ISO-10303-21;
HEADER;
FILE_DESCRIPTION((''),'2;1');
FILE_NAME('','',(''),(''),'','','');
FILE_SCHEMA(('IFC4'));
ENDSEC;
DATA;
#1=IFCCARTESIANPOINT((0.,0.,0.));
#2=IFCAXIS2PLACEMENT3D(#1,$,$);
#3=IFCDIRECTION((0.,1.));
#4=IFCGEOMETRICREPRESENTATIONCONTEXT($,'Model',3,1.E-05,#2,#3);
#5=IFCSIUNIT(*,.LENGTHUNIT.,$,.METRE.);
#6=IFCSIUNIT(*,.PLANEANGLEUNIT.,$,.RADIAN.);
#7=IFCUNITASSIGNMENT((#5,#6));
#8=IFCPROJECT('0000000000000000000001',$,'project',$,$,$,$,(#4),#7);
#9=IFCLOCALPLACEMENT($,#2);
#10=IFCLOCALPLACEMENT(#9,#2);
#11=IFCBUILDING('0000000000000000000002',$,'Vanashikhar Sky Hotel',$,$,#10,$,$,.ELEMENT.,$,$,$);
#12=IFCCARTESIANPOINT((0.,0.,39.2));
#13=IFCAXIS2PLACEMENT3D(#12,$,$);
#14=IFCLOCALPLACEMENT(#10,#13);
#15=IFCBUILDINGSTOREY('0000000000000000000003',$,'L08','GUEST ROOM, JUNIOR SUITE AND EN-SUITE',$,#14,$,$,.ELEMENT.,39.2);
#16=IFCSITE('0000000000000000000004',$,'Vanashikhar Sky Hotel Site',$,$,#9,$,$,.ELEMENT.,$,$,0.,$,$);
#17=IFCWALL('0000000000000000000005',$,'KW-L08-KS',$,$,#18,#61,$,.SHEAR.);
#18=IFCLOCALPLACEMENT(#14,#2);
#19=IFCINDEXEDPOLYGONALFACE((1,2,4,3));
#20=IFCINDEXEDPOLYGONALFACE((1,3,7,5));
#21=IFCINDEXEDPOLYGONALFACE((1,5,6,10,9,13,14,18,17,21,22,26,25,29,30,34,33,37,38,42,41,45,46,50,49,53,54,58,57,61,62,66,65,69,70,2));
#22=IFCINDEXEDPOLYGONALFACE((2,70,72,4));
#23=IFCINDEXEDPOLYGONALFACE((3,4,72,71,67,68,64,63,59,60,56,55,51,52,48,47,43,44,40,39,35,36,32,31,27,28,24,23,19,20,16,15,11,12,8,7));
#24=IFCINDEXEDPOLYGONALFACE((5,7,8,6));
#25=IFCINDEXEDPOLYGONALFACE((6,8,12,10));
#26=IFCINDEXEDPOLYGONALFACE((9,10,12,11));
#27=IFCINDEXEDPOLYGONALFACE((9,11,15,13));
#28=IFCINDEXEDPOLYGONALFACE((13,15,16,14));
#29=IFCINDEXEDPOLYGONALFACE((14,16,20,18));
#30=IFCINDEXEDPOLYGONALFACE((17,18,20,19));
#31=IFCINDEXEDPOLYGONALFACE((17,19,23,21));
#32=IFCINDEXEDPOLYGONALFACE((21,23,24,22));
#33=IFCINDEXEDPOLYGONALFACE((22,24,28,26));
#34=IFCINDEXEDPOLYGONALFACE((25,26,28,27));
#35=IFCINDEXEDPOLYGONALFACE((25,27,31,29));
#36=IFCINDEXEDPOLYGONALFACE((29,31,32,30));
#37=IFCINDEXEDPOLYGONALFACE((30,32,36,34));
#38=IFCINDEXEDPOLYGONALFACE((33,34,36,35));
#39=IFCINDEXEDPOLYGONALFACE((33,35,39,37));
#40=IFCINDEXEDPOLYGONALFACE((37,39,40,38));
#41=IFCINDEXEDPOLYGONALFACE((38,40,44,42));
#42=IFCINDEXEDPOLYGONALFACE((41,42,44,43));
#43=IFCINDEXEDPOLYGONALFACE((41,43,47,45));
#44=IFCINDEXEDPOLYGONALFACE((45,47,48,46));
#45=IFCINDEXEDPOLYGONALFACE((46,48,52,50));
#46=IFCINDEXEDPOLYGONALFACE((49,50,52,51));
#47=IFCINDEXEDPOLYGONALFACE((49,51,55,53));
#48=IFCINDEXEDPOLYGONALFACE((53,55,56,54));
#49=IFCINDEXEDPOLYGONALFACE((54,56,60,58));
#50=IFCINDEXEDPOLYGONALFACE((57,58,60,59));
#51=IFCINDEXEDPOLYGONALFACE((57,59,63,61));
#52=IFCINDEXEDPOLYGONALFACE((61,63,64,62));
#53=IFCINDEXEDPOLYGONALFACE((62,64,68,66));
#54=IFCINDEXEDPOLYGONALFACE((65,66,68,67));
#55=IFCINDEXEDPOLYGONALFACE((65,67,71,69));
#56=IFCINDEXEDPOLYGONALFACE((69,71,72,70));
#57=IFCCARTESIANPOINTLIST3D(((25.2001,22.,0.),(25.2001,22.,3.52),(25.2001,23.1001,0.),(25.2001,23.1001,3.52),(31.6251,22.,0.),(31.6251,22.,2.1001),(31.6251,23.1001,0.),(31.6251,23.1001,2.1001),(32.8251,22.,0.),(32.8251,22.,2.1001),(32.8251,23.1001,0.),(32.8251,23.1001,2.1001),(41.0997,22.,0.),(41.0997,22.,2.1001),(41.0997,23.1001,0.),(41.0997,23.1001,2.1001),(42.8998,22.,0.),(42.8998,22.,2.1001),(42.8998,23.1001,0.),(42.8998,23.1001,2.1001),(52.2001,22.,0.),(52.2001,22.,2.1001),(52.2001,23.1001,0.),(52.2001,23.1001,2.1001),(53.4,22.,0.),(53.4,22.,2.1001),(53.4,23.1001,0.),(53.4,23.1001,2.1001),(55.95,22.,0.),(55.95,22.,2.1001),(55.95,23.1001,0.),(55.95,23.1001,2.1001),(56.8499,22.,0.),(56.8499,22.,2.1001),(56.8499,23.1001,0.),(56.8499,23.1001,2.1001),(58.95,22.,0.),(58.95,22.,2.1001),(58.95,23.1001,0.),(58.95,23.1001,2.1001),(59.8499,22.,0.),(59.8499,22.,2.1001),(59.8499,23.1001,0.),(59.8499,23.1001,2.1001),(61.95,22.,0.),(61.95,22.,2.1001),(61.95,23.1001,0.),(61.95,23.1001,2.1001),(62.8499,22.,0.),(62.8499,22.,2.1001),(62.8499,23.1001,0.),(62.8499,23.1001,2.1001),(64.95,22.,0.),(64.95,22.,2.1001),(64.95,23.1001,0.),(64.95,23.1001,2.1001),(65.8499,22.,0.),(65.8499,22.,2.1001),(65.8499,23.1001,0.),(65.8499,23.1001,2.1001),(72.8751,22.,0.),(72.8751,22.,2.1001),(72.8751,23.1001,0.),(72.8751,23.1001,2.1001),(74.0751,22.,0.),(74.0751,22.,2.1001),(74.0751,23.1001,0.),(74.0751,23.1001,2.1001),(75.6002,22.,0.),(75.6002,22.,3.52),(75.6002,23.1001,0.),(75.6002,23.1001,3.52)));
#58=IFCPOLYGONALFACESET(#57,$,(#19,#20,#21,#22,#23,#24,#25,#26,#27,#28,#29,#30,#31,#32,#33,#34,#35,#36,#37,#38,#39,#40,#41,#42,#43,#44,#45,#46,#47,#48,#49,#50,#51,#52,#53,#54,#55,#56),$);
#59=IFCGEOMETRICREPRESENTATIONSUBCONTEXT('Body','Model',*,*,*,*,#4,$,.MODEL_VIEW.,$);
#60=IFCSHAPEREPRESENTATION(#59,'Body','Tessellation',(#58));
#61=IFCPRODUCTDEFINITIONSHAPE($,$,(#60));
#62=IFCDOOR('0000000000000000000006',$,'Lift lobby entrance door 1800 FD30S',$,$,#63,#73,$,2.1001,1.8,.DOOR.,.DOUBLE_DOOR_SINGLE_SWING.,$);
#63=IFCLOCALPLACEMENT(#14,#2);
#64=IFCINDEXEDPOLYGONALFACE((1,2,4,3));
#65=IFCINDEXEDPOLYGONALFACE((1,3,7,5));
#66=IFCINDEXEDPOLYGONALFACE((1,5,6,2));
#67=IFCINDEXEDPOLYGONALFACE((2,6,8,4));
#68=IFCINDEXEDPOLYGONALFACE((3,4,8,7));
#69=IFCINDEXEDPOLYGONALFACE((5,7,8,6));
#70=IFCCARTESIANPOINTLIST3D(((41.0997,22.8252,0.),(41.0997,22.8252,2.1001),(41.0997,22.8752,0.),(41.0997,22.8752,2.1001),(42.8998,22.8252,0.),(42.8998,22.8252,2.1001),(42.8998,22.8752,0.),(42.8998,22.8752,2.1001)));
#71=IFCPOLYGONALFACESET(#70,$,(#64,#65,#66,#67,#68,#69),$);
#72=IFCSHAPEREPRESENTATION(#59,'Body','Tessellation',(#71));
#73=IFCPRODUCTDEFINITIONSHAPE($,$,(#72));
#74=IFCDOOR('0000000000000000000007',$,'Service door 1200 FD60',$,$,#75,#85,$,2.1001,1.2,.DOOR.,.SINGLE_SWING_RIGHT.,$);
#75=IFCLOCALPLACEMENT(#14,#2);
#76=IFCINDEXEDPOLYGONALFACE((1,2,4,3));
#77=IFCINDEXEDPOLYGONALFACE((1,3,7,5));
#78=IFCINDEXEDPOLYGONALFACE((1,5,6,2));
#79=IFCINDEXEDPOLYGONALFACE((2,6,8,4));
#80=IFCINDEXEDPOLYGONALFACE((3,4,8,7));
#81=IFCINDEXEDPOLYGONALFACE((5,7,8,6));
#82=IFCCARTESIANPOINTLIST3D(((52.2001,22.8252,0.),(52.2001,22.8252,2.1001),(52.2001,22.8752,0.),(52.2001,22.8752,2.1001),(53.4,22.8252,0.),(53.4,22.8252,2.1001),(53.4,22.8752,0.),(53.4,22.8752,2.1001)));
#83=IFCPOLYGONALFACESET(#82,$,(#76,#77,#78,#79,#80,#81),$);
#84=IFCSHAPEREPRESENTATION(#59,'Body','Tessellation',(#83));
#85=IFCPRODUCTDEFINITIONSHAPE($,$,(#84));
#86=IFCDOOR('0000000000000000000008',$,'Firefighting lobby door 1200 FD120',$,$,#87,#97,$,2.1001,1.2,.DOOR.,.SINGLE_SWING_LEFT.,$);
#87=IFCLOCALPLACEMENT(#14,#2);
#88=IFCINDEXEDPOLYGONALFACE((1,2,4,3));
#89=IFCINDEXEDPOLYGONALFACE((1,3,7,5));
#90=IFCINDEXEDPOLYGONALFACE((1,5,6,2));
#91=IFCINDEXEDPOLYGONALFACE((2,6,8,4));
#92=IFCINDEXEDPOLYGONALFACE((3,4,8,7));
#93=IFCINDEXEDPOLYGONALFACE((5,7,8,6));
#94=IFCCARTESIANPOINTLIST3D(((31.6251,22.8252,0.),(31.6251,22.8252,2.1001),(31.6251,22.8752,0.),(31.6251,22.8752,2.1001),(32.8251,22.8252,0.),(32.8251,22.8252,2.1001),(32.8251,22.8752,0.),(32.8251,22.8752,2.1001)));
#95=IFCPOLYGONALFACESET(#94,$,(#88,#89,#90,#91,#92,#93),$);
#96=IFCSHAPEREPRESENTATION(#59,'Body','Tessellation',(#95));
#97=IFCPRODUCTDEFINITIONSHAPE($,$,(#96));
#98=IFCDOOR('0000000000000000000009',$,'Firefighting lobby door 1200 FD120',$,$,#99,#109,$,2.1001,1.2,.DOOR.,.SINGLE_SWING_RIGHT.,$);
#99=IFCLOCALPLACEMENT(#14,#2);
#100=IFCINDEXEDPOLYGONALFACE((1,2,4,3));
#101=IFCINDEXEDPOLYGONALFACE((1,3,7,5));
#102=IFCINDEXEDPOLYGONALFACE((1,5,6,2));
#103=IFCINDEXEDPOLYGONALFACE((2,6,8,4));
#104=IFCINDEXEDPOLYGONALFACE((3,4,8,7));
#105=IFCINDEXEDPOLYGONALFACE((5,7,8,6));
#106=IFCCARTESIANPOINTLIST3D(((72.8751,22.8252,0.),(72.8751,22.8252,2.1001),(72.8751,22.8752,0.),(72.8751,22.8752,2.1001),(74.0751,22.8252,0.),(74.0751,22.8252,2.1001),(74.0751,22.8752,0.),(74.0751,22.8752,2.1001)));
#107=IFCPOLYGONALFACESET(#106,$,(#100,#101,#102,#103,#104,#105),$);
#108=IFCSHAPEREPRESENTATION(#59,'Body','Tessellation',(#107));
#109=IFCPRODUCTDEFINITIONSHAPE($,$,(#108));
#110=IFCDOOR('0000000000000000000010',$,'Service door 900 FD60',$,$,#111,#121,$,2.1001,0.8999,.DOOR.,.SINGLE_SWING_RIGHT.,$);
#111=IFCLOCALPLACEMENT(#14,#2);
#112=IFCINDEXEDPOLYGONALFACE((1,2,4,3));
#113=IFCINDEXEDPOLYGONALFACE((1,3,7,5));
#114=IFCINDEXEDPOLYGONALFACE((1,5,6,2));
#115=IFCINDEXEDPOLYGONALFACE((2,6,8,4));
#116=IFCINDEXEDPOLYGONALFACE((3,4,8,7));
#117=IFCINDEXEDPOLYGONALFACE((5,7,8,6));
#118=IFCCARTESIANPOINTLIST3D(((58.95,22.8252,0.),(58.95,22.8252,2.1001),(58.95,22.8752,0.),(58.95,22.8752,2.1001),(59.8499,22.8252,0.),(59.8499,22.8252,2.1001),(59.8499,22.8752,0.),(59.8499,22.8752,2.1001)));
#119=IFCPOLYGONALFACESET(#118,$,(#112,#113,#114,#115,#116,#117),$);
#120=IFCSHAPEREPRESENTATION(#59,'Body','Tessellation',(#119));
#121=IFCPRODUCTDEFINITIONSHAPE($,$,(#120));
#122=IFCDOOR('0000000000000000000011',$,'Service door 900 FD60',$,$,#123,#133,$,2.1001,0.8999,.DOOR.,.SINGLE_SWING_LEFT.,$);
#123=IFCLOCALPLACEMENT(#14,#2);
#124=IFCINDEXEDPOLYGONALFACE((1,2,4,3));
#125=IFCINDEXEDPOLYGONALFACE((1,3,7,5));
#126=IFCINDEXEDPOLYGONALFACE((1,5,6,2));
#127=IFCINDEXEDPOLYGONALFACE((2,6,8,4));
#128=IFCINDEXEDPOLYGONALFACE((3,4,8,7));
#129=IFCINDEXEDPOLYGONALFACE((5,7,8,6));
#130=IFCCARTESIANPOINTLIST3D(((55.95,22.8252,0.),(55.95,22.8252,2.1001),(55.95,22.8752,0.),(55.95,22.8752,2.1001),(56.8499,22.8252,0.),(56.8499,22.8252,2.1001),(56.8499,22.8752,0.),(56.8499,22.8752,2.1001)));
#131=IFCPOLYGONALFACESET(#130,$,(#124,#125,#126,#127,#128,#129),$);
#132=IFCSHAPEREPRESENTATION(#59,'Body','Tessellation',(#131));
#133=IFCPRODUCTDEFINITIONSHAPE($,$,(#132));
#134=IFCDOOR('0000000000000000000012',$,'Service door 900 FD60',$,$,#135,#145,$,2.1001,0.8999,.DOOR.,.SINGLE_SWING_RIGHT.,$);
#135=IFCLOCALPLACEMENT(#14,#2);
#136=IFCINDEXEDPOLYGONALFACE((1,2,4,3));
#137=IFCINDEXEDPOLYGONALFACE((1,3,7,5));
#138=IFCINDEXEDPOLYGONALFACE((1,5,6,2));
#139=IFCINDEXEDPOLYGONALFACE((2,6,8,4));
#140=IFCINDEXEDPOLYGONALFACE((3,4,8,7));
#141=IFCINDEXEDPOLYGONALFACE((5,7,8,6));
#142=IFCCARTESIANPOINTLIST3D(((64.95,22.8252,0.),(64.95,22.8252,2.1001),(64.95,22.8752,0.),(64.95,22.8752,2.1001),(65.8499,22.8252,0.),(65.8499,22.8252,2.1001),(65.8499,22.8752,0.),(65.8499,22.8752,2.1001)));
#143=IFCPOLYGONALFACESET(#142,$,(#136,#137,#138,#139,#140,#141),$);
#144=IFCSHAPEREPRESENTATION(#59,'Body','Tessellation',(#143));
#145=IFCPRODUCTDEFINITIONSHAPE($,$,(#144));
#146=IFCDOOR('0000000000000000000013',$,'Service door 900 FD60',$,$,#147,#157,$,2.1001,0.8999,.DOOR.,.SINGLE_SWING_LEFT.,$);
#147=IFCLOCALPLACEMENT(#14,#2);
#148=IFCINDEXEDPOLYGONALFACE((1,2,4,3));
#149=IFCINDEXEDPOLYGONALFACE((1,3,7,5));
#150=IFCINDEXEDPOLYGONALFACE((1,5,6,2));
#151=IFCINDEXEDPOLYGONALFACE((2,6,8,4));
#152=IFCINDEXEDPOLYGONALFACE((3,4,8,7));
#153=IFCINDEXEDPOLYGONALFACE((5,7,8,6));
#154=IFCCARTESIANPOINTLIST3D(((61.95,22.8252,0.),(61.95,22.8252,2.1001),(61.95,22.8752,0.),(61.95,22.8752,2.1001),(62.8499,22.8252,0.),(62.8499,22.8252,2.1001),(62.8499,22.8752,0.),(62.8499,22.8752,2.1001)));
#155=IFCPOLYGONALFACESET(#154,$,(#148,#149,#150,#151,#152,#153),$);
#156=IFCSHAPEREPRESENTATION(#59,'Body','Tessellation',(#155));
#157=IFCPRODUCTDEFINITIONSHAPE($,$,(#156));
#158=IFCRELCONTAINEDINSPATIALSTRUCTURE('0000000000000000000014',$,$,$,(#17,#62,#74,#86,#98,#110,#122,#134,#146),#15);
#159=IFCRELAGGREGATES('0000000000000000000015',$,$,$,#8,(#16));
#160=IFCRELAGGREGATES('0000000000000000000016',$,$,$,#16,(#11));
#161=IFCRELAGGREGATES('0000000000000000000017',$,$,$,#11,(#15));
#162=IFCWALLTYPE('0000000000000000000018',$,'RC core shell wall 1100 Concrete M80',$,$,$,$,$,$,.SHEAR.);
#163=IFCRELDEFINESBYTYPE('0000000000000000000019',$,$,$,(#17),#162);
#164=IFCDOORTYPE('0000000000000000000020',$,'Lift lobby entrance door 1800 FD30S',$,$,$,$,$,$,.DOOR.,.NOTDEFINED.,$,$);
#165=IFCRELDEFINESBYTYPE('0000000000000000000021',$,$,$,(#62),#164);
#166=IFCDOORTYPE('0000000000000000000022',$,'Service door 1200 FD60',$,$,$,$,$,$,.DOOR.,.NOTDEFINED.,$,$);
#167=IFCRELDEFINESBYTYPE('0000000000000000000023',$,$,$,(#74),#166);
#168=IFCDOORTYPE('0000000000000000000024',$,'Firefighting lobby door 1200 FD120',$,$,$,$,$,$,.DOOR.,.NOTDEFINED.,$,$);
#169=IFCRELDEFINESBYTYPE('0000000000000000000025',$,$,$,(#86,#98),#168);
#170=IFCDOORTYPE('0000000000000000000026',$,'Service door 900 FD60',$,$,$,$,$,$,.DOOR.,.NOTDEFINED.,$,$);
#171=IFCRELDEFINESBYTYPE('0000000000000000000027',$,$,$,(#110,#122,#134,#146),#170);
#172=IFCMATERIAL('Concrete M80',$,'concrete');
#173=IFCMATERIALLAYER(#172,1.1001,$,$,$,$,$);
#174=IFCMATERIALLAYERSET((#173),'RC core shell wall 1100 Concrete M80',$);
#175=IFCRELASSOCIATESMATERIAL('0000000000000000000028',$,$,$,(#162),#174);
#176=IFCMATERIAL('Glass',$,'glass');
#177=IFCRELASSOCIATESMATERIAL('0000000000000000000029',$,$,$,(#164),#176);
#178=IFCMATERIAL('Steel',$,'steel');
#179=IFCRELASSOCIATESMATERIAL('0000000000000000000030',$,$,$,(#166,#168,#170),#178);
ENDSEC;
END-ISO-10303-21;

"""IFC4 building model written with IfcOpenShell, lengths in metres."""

from ifc_helpers import new_model, si_unit, direction, frame, frame_2d, origin, place, context, subcontext, project, spatial, rectangle, extrude, source, transform, mapped, material, layer, layer_set, type_object, element, fill, save


model = new_model("IFC4")

# Units and contexts
model_context = context("Model", 3, precision=1e-05, world=origin(), true_north=direction((0.0, 1.0)))
body_context = subcontext(model_context, "Body", "Model", "MODEL_VIEW")
ifc_project = project(units=[si_unit("LENGTHUNIT", "METRE"), si_unit("PLANEANGLEUNIT", "RADIAN")], contexts=[model_context])

# Site, building, storey
site_placement = place(None, origin())
site = spatial("IfcSite", under=ifc_project, at=site_placement, Name="Vanashikhar Sky Hotel Site", CompositionType="ELEMENT", RefElevation=0.0)
building_placement = place(site_placement, origin())
building = spatial("IfcBuilding", under=site, at=building_placement, Name="Vanashikhar Sky Hotel", CompositionType="ELEMENT")
storey_placement = place(building_placement, frame((0.0, 0.0, 39.2)))
storey = spatial("IfcBuildingStorey", under=building, at=storey_placement, Name="L08", Description="GUEST ROOM, JUNIOR SUITE AND EN-SUITE", CompositionType="ELEMENT", Elevation=39.2)

# Wall, openings, doors
ifc_material_1 = material(Name="Concrete M80", Category="concrete")
ifc_layer_1 = layer(ifc_material_1, 1.1001)
ifc_layer_set_1 = layer_set([ifc_layer_1], Name="RC core shell wall 1100 Concrete M80")
wall_type_1 = type_object("IfcWallType", Name="RC core shell wall 1100 Concrete M80", PredefinedType="SHEAR", material=ifc_layer_set_1)
shared_shape_1 = source(origin(), body_context, "Body", "SweptSolid", [
    extrude(rectangle(XDim=50.4001, YDim=1.1001, at=frame_2d((25.2002, 0.0))), origin(), (0.0, 0.0, 1.0), 3.52),
])
wall_1_placement = place(storey_placement, frame((25.2, 22.55, 0.0), z_axis=(0.0, 0.0, 1.0), x_axis=(1.0, 0.0, 0.0)))
wall_1 = element("IfcWall", 1, at=wall_1_placement, inside=storey, type_object=wall_type_1, Name="KW-L08-KS", PredefinedType="SHEAR", context=body_context, shape_type="MappedRepresentation", body=[
    mapped(shared_shape_1, transform((0.0, 0.0, 0.0), scale=1.0)),
])
shared_shape_2 = source(origin(), body_context, "Body", "SweptSolid", [
    extrude(rectangle(XDim=1.8, YDim=2.1001, at=frame_2d((0.8999, 1.05))), frame((0.0, 0.5601, 0.0), z_axis=(0.0, -1.0, 0.0), x_axis=(1.0, 0.0, 0.0)), (0.0, 0.0, 1.0), 1.1201),
])
opening_1_placement = place(wall_1_placement, frame((15.8999, 0.0, 0.0)))
opening_1 = element("IfcOpeningElement", 2, at=opening_1_placement, cuts=wall_1, PredefinedType="OPENING", context=body_context, shape_type="MappedRepresentation", body=[
    mapped(shared_shape_2, transform((0.0, 0.0, 0.0), scale=1.0)),
])
shared_shape_3 = source(origin(), body_context, "Body", "SweptSolid", [
    extrude(rectangle(XDim=1.2, YDim=2.1001, at=frame_2d((0.6001, 1.05))), frame((0.0, 0.5601, 0.0), z_axis=(0.0, -1.0, 0.0), x_axis=(1.0, 0.0, 0.0)), (0.0, 0.0, 1.0), 1.1201),
])
opening_2_placement = place(wall_1_placement, frame((27.0, 0.0, 0.0)))
opening_2 = element("IfcOpeningElement", 3, at=opening_2_placement, cuts=wall_1, PredefinedType="OPENING", context=body_context, shape_type="MappedRepresentation", body=[
    mapped(shared_shape_3, transform((0.0, 0.0, 0.0), scale=1.0)),
])
shared_shape_4 = source(origin(), body_context, "Body", "SweptSolid", [
    extrude(rectangle(XDim=0.8999, YDim=2.1001, at=frame_2d((0.45, 1.05))), frame((0.0, 0.5601, 0.0), z_axis=(0.0, -1.0, 0.0), x_axis=(1.0, 0.0, 0.0)), (0.0, 0.0, 1.0), 1.1201),
])
opening_3_placement = place(wall_1_placement, frame((33.75, 0.0, 0.0)))
opening_3 = element("IfcOpeningElement", 4, at=opening_3_placement, cuts=wall_1, PredefinedType="OPENING", context=body_context, shape_type="MappedRepresentation", body=[
    mapped(shared_shape_4, transform((0.0, 0.0, 0.0), scale=1.0)),
])
opening_4_placement = place(wall_1_placement, frame((30.75, 0.0, 0.0)))
opening_4 = element("IfcOpeningElement", 5, at=opening_4_placement, cuts=wall_1, PredefinedType="OPENING", context=body_context, shape_type="MappedRepresentation", body=[
    mapped(shared_shape_4, transform((0.0, 0.0, 0.0), scale=1.0)),
])
opening_5_placement = place(wall_1_placement, frame((39.75, 0.0, 0.0)))
opening_5 = element("IfcOpeningElement", 6, at=opening_5_placement, cuts=wall_1, PredefinedType="OPENING", context=body_context, shape_type="MappedRepresentation", body=[
    mapped(shared_shape_4, transform((0.0, 0.0, 0.0), scale=1.0)),
])
opening_6_placement = place(wall_1_placement, frame((36.75, 0.0, 0.0)))
opening_6 = element("IfcOpeningElement", 7, at=opening_6_placement, cuts=wall_1, PredefinedType="OPENING", context=body_context, shape_type="MappedRepresentation", body=[
    mapped(shared_shape_4, transform((0.0, 0.0, 0.0), scale=1.0)),
])
opening_7_placement = place(wall_1_placement, frame((6.425, 0.0, 0.0)))
opening_7 = element("IfcOpeningElement", 8, at=opening_7_placement, cuts=wall_1, PredefinedType="OPENING", context=body_context, shape_type="MappedRepresentation", body=[
    mapped(shared_shape_3, transform((0.0, 0.0, 0.0), scale=1.0)),
])
opening_8_placement = place(wall_1_placement, frame((47.675, 0.0, 0.0)))
opening_8 = element("IfcOpeningElement", 9, at=opening_8_placement, cuts=wall_1, PredefinedType="OPENING", context=body_context, shape_type="MappedRepresentation", body=[
    mapped(shared_shape_3, transform((0.0, 0.0, 0.0), scale=1.0)),
])
ifc_material_2 = material(Name="Glass", Category="glass")
door_type_1 = type_object("IfcDoorType", Name="Lift lobby entrance door 1800 FD30S", OperationType="NOTDEFINED", PredefinedType="DOOR", material=ifc_material_2)
shared_shape_5 = source(origin(), body_context, "Body", "SweptSolid", [
    extrude(rectangle(XDim=1.8, YDim=2.1001, at=frame_2d((0.8999, 1.05))), frame((0.0, 0.3252, 0.0), z_axis=(0.0, -1.0, 0.0), x_axis=(1.0, 0.0, 0.0)), (0.0, 0.0, 1.0), 0.05),
])
door_1_placement = place(opening_1_placement, origin())
door_1 = element("IfcDoor", 10, at=door_1_placement, inside=storey, type_object=door_type_1, Name="Lift lobby entrance door 1800 FD30S", OperationType="DOUBLE_DOOR_SINGLE_SWING", OverallHeight=2.1001, OverallWidth=1.8, PredefinedType="DOOR", context=body_context, shape_type="MappedRepresentation", body=[
    mapped(shared_shape_5, transform((0.0, 0.0, 0.0), scale=1.0)),
])
fill(opening_1, door_1)
ifc_material_3 = material(Name="Steel", Category="steel")
door_type_2 = type_object("IfcDoorType", Name="Service door 1200 FD60", OperationType="NOTDEFINED", PredefinedType="DOOR", material=ifc_material_3)
shared_shape_6 = source(origin(), body_context, "Body", "SweptSolid", [
    extrude(rectangle(XDim=1.2, YDim=2.1001, at=frame_2d((0.6001, 1.05))), frame((0.0, 0.3252, 0.0), z_axis=(0.0, -1.0, 0.0), x_axis=(1.0, 0.0, 0.0)), (0.0, 0.0, 1.0), 0.05),
])
door_2_placement = place(opening_2_placement, origin())
door_2 = element("IfcDoor", 11, at=door_2_placement, inside=storey, type_object=door_type_2, Name="Service door 1200 FD60", OperationType="SINGLE_SWING_RIGHT", OverallHeight=2.1001, OverallWidth=1.2, PredefinedType="DOOR", context=body_context, shape_type="MappedRepresentation", body=[
    mapped(shared_shape_6, transform((0.0, 0.0, 0.0), scale=1.0)),
])
fill(opening_2, door_2)
door_type_3 = type_object("IfcDoorType", Name="Firefighting lobby door 1200 FD120", OperationType="NOTDEFINED", PredefinedType="DOOR", material=ifc_material_3)
door_3_placement = place(opening_7_placement, origin())
door_3 = element("IfcDoor", 12, at=door_3_placement, inside=storey, type_object=door_type_3, Name="Firefighting lobby door 1200 FD120", OperationType="SINGLE_SWING_LEFT", OverallHeight=2.1001, OverallWidth=1.2, PredefinedType="DOOR", context=body_context, shape_type="MappedRepresentation", body=[
    mapped(shared_shape_6, transform((0.0, 0.0, 0.0), scale=1.0)),
])
fill(opening_7, door_3)
door_4_placement = place(opening_8_placement, origin())
door_4 = element("IfcDoor", 13, at=door_4_placement, inside=storey, type_object=door_type_3, Name="Firefighting lobby door 1200 FD120", OperationType="SINGLE_SWING_RIGHT", OverallHeight=2.1001, OverallWidth=1.2, PredefinedType="DOOR", context=body_context, shape_type="MappedRepresentation", body=[
    mapped(shared_shape_6, transform((0.0, 0.0, 0.0), scale=1.0)),
])
fill(opening_8, door_4)
door_type_4 = type_object("IfcDoorType", Name="Service door 900 FD60", OperationType="NOTDEFINED", PredefinedType="DOOR", material=ifc_material_3)
shared_shape_7 = source(origin(), body_context, "Body", "SweptSolid", [
    extrude(rectangle(XDim=0.8999, YDim=2.1001, at=frame_2d((0.45, 1.05))), frame((0.0, 0.3252, 0.0), z_axis=(0.0, -1.0, 0.0), x_axis=(1.0, 0.0, 0.0)), (0.0, 0.0, 1.0), 0.05),
])
door_5_placement = place(opening_3_placement, origin())
door_5 = element("IfcDoor", 14, at=door_5_placement, inside=storey, type_object=door_type_4, Name="Service door 900 FD60", OperationType="SINGLE_SWING_RIGHT", OverallHeight=2.1001, OverallWidth=0.8999, PredefinedType="DOOR", context=body_context, shape_type="MappedRepresentation", body=[
    mapped(shared_shape_7, transform((0.0, 0.0, 0.0), scale=1.0)),
])
fill(opening_3, door_5)
door_6_placement = place(opening_4_placement, origin())
door_6 = element("IfcDoor", 15, at=door_6_placement, inside=storey, type_object=door_type_4, Name="Service door 900 FD60", OperationType="SINGLE_SWING_LEFT", OverallHeight=2.1001, OverallWidth=0.8999, PredefinedType="DOOR", context=body_context, shape_type="MappedRepresentation", body=[
    mapped(shared_shape_7, transform((0.0, 0.0, 0.0), scale=1.0)),
])
fill(opening_4, door_6)
door_7_placement = place(opening_5_placement, origin())
door_7 = element("IfcDoor", 16, at=door_7_placement, inside=storey, type_object=door_type_4, Name="Service door 900 FD60", OperationType="SINGLE_SWING_RIGHT", OverallHeight=2.1001, OverallWidth=0.8999, PredefinedType="DOOR", context=body_context, shape_type="MappedRepresentation", body=[
    mapped(shared_shape_7, transform((0.0, 0.0, 0.0), scale=1.0)),
])
fill(opening_5, door_7)
door_8_placement = place(opening_6_placement, origin())
door_8 = element("IfcDoor", 17, at=door_8_placement, inside=storey, type_object=door_type_4, Name="Service door 900 FD60", OperationType="SINGLE_SWING_LEFT", OverallHeight=2.1001, OverallWidth=0.8999, PredefinedType="DOOR", context=body_context, shape_type="MappedRepresentation", body=[
    mapped(shared_shape_7, transform((0.0, 0.0, 0.0), scale=1.0)),
])
fill(opening_6, door_8)

save(model, "model.ifc")
